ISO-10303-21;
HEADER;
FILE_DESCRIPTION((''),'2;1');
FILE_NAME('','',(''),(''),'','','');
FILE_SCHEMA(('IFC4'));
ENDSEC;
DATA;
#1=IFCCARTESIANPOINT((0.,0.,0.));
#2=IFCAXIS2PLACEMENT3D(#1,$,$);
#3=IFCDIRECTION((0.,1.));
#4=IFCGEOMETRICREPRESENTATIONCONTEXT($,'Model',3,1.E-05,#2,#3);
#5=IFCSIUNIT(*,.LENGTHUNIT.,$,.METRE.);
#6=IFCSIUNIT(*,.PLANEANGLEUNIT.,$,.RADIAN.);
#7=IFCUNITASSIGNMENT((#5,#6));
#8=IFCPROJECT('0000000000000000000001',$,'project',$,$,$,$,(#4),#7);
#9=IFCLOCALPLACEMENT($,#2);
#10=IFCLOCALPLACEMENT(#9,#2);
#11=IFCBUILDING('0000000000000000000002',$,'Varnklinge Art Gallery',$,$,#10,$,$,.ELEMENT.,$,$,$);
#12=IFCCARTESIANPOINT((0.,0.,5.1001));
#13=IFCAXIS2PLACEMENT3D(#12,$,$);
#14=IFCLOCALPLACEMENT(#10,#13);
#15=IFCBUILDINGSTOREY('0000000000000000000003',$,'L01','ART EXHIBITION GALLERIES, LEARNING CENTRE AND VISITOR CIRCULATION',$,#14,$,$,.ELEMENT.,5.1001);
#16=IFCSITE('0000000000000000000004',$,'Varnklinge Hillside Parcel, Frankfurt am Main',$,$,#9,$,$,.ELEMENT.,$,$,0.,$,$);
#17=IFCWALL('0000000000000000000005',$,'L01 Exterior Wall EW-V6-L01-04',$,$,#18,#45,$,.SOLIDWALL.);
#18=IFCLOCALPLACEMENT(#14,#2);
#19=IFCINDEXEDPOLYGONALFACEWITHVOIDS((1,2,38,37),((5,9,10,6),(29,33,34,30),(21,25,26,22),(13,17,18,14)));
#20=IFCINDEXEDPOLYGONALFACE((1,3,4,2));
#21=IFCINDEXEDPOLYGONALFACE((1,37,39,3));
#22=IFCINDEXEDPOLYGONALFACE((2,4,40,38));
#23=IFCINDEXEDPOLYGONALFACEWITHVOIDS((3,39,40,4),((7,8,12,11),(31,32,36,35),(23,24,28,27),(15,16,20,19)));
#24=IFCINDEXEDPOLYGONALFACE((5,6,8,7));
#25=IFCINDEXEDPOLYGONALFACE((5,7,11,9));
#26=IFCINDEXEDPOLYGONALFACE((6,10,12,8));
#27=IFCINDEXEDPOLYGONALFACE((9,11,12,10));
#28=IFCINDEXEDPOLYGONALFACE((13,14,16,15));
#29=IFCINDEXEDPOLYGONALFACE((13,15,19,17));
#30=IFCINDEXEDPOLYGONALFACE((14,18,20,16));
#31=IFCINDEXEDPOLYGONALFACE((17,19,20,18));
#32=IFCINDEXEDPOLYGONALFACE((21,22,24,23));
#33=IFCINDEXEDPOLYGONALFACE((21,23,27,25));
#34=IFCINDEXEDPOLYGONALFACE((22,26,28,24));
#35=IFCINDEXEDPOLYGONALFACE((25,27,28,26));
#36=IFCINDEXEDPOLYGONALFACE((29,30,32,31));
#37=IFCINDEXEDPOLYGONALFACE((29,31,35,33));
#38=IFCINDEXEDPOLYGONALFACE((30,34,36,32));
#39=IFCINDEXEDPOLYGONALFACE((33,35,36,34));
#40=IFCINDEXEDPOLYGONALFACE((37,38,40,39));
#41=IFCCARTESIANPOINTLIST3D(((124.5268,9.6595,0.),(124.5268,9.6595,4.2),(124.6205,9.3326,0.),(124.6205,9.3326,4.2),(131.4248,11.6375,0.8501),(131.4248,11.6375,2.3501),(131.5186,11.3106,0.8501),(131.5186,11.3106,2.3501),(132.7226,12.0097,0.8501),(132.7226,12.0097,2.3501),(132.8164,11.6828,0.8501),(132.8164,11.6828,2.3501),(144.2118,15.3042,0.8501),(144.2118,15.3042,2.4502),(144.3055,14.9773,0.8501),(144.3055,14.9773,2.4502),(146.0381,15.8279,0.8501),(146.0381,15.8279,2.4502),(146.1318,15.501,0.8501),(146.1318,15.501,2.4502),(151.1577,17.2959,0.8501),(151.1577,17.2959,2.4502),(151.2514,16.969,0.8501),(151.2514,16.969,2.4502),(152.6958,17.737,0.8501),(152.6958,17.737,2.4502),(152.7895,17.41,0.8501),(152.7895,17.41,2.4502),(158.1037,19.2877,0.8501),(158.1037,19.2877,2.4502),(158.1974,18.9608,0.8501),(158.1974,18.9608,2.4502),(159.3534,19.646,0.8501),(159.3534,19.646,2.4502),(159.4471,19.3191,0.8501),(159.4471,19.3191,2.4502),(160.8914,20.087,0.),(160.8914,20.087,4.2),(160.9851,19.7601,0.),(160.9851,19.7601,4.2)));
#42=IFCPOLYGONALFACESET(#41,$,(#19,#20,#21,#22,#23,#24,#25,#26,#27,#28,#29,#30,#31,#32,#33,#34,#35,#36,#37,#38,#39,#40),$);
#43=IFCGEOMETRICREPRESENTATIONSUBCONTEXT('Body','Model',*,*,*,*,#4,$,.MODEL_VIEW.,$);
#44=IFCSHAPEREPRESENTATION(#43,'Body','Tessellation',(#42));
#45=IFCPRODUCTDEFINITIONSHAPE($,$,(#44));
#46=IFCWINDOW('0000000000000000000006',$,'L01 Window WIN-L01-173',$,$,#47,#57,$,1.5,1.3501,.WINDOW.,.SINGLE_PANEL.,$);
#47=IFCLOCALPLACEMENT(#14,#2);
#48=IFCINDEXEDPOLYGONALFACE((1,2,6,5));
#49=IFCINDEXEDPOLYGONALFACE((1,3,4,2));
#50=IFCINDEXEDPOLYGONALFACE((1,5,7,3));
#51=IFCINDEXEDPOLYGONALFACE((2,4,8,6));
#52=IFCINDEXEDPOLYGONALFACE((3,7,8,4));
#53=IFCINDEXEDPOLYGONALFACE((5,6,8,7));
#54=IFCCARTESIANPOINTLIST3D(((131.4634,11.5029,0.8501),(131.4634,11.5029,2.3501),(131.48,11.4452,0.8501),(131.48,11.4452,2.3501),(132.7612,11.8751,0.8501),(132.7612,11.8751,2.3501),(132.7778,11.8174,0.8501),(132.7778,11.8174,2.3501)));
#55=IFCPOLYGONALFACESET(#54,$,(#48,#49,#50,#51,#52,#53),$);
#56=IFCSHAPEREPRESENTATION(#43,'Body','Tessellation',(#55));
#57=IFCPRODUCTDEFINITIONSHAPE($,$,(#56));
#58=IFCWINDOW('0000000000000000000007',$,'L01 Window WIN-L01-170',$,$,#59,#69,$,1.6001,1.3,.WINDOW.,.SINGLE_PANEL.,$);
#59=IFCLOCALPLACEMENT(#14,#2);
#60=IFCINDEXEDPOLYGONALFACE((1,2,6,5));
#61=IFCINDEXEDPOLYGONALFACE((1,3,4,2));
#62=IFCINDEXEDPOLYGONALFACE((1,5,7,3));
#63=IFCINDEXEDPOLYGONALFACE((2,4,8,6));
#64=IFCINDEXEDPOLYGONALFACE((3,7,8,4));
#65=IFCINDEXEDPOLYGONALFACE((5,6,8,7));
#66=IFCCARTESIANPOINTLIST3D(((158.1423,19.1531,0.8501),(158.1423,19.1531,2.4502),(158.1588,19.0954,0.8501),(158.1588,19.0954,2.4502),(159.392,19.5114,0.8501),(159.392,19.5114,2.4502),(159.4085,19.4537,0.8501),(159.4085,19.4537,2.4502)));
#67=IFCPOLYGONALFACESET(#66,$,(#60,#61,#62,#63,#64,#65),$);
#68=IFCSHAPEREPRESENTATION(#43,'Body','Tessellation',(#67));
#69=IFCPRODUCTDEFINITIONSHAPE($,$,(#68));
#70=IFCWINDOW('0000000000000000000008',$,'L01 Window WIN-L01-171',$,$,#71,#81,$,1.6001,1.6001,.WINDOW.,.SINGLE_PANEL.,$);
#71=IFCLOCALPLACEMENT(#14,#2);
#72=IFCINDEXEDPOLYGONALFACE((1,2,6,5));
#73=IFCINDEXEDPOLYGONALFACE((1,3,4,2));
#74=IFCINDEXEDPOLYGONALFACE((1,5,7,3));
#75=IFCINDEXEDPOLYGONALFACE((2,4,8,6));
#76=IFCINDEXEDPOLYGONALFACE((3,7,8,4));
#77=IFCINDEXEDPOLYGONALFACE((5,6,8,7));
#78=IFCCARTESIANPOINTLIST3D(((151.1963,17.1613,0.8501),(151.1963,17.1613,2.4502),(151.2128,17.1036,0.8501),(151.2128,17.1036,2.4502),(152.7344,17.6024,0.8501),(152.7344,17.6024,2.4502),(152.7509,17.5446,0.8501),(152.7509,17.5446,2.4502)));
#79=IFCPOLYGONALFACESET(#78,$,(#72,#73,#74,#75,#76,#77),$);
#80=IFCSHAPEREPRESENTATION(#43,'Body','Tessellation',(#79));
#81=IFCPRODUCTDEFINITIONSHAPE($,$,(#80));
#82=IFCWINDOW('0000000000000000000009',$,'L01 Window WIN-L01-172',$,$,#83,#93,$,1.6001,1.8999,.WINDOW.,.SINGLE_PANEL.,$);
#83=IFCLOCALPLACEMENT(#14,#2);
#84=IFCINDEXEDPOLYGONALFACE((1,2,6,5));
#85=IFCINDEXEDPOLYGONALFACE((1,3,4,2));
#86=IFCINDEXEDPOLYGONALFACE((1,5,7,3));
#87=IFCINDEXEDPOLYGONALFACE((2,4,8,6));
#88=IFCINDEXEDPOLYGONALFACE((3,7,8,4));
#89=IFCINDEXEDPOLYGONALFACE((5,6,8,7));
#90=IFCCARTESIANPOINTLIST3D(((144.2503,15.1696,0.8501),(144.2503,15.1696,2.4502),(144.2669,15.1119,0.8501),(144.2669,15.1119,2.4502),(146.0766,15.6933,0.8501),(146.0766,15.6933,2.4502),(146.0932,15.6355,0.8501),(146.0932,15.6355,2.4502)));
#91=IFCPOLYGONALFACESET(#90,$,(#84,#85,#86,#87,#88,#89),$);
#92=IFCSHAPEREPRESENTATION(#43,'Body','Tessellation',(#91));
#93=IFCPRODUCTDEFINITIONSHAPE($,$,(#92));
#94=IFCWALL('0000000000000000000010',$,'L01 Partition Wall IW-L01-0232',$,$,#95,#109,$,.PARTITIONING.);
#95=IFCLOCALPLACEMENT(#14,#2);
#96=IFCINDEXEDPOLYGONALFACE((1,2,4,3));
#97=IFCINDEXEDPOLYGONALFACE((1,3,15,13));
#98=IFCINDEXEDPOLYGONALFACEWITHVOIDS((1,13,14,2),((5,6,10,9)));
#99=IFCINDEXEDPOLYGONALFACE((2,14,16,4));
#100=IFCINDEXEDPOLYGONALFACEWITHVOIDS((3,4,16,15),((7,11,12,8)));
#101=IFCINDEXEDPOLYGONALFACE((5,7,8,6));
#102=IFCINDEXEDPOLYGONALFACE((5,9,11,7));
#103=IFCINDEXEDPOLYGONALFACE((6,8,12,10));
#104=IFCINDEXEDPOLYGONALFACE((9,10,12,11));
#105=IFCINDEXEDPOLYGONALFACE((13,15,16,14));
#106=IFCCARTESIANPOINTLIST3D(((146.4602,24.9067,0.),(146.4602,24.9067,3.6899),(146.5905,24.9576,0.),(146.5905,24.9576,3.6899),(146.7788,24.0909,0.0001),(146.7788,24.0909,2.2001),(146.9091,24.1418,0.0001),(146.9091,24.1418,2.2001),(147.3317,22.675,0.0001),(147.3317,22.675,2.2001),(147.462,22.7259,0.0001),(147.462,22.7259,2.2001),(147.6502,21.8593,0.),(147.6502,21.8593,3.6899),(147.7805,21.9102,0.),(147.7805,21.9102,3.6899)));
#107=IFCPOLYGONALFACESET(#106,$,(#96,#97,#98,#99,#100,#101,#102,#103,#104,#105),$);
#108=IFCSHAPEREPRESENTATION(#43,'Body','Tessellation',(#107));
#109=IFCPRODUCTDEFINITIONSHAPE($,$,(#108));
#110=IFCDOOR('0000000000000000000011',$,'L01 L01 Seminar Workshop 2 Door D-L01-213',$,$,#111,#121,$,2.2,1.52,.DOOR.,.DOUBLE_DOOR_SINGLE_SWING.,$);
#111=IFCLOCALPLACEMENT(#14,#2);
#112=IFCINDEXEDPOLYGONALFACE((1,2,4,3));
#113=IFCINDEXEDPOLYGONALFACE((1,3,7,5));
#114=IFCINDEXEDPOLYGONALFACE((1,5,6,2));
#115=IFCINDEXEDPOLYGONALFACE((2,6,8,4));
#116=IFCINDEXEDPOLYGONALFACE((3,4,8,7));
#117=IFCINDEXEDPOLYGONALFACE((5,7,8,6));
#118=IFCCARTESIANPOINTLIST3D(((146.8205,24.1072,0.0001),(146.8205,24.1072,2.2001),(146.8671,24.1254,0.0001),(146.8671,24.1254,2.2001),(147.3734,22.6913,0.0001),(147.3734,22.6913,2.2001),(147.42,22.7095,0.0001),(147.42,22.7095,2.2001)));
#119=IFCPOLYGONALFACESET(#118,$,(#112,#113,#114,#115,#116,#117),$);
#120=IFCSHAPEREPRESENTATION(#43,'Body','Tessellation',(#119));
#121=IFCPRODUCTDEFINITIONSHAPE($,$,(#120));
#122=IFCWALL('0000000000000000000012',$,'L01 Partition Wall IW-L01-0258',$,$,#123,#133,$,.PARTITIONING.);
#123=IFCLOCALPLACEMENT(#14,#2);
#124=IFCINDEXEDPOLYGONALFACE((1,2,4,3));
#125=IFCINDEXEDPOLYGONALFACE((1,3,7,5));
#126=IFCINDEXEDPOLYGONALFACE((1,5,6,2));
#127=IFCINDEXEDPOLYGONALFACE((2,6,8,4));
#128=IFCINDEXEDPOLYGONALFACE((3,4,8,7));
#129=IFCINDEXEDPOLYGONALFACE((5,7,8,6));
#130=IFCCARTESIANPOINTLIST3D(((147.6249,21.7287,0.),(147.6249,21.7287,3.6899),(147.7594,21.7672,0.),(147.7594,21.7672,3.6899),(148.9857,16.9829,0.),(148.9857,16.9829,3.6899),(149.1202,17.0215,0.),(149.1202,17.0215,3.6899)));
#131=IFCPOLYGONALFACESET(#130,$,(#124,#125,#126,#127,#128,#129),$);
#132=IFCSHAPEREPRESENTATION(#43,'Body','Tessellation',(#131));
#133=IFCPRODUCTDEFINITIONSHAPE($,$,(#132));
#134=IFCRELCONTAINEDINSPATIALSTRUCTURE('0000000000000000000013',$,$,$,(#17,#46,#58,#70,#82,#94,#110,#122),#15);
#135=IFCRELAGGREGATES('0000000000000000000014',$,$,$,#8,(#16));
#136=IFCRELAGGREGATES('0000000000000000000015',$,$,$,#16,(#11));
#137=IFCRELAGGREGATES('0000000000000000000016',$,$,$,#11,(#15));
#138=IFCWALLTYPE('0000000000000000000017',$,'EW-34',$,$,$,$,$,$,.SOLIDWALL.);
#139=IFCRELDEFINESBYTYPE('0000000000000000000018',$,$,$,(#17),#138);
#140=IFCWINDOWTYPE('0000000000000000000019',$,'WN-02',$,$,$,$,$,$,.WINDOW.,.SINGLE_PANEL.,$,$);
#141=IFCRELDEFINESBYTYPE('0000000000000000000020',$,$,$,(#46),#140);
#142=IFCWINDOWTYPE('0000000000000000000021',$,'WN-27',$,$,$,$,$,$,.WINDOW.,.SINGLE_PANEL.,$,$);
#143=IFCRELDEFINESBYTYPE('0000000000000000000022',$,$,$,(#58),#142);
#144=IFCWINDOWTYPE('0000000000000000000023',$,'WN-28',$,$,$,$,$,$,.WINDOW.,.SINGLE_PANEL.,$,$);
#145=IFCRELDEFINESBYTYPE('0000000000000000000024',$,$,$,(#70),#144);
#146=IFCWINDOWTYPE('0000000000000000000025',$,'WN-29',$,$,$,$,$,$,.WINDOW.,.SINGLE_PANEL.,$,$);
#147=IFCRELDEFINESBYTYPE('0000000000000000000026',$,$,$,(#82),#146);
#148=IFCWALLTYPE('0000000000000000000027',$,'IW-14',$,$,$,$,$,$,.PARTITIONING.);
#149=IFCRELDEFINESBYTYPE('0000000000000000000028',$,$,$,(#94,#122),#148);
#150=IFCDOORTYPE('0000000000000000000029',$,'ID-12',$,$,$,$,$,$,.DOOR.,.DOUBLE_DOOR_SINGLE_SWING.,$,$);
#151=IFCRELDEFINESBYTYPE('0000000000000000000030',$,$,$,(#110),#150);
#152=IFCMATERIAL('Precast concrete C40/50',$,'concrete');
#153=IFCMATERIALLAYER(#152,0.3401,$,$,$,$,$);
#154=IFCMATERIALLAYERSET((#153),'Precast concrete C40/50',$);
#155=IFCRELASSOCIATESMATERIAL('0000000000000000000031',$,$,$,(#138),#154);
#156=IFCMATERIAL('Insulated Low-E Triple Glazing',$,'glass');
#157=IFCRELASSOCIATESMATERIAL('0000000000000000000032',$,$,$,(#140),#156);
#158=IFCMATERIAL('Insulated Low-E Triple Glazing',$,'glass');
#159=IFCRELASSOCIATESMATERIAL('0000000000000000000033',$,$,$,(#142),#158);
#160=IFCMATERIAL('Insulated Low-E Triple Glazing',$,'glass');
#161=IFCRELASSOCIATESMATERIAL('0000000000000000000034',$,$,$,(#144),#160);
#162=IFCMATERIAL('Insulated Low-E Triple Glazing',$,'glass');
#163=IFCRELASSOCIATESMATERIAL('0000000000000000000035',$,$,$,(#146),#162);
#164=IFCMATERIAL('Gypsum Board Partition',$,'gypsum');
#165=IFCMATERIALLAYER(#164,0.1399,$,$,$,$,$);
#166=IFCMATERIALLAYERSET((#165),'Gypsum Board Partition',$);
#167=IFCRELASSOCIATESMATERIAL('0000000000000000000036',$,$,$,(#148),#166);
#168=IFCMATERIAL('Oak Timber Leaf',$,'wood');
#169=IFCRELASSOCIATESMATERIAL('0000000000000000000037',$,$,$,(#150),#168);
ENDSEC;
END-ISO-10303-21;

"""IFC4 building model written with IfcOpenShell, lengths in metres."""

from ifc_helpers import new_model, si_unit, direction, frame, frame_2d, origin, place, context, subcontext, project, spatial, rectangle, extrude, material, layer, layer_set, type_object, element, fill, save


model = new_model("IFC4")

# Units and contexts
model_context = context("Model", 3, precision=1e-05, world=origin(), true_north=direction((0.0, 1.0)))
body_context = subcontext(model_context, "Body", "Model", "MODEL_VIEW")
ifc_project = project(units=[si_unit("LENGTHUNIT", "METRE"), si_unit("PLANEANGLEUNIT", "RADIAN")], contexts=[model_context])

# Site, building, storey
site_placement = place(None, origin())
site = spatial("IfcSite", under=ifc_project, at=site_placement, Name="Varnklinge Hillside Parcel, Frankfurt am Main", CompositionType="ELEMENT", RefElevation=0.0)
building_placement = place(site_placement, origin())
building = spatial("IfcBuilding", under=site, at=building_placement, Name="Varnklinge Art Gallery", CompositionType="ELEMENT")
storey_placement = place(building_placement, frame((0.0, 0.0, 5.1001)))
storey = spatial("IfcBuildingStorey", under=building, at=storey_placement, Name="L01", Description="ART EXHIBITION GALLERIES, LEARNING CENTRE AND VISITOR CIRCULATION", CompositionType="ELEMENT", Elevation=5.1001)

# Wall, openings, windows
ifc_material_1 = material(Name="Precast concrete C40/50", Category="concrete")
ifc_layer_1 = layer(ifc_material_1, 0.3401)
ifc_layer_set_1 = layer_set([ifc_layer_1], Name="Precast concrete C40/50")
wall_type_1 = type_object("IfcWallType", Name="EW-34", PredefinedType="SOLIDWALL", material=ifc_layer_set_1)
wall_1_placement = place(storey_placement, frame((160.9382, 19.9236, 0.0), z_axis=(0.0, 0.0, 1.0), x_axis=(-0.961261, -0.275641, 0.0)))
wall_1 = element("IfcWall", 1, at=wall_1_placement, inside=storey, type_object=wall_type_1, Name="L01 Exterior Wall EW-V6-L01-04", PredefinedType="SOLIDWALL", context=body_context, shape_type="SweptSolid", body=[
    extrude(rectangle(XDim=37.8301, YDim=0.3401, at=frame_2d((18.915, 0.0))), origin(), (0.0, 0.0, 1.0), 4.2),
])
opening_1_placement = place(wall_1_placement, frame((1.6001, 0.0, 0.8501)))
opening_1 = element("IfcOpeningElement", 2, at=opening_1_placement, cuts=wall_1, PredefinedType="OPENING", context=body_context, shape_type="SweptSolid", body=[
    extrude(rectangle(XDim=1.3, YDim=1.6001, at=frame_2d((0.6499, 0.8))), frame((0.0, 0.1799, 0.0), z_axis=(0.0, -1.0, 0.0), x_axis=(1.0, 0.0, 0.0)), (0.0, 0.0, 1.0), 0.3601),
])
opening_2_placement = place(wall_1_placement, frame((8.5259, 0.0, 0.8501)))
opening_2 = element("IfcOpeningElement", 3, at=opening_2_placement, cuts=wall_1, PredefinedType="OPENING", context=body_context, shape_type="SweptSolid", body=[
    extrude(rectangle(XDim=1.6001, YDim=1.6001, at=frame_2d((0.8, 0.8))), frame((0.0, 0.1799, 0.0), z_axis=(0.0, -1.0, 0.0), x_axis=(1.0, 0.0, 0.0)), (0.0, 0.0, 1.0), 0.3601),
])
opening_3_placement = place(wall_1_placement, frame((15.4519, 0.0, 0.8501)))
opening_3 = element("IfcOpeningElement", 4, at=opening_3_placement, cuts=wall_1, PredefinedType="OPENING", context=body_context, shape_type="SweptSolid", body=[
    extrude(rectangle(XDim=1.8999, YDim=1.6001, at=frame_2d((0.95, 0.8))), frame((0.0, 0.1799, 0.0), z_axis=(0.0, -1.0, 0.0), x_axis=(1.0, 0.0, 0.0)), (0.0, 0.0, 1.0), 0.3601),
])
opening_4_placement = place(wall_1_placement, frame((29.304, 0.0, 0.8501)))
opening_4 = element("IfcOpeningElement", 5, at=opening_4_placement, cuts=wall_1, PredefinedType="OPENING", context=body_context, shape_type="SweptSolid", body=[
    extrude(rectangle(XDim=1.3501, YDim=1.5, at=frame_2d((0.675, 0.75))), frame((0.0, 0.1799, 0.0), z_axis=(0.0, -1.0, 0.0), x_axis=(1.0, 0.0, 0.0)), (0.0, 0.0, 1.0), 0.3601),
])
ifc_material_2 = material(Name="Insulated Low-E Triple Glazing", Category="glass")
window_type_1 = type_object("IfcWindowType", Name="WN-02", PartitioningType="SINGLE_PANEL", PredefinedType="WINDOW", material=ifc_material_2)
window_1_placement = place(opening_4_placement, origin())
window_1 = element("IfcWindow", 6, at=window_1_placement, inside=storey, type_object=window_type_1, Name="L01 Window WIN-L01-173", OverallHeight=1.5, OverallWidth=1.3501, PartitioningType="SINGLE_PANEL", PredefinedType="WINDOW", context=body_context, shape_type="SweptSolid", body=[
    extrude(rectangle(XDim=1.3501, YDim=1.5, at=frame_2d((0.675, 0.75))), frame((0.0, 0.03, 0.0), z_axis=(0.0, -1.0, 0.0), x_axis=(1.0, 0.0, 0.0)), (0.0, 0.0, 1.0), 0.0601),
])
fill(opening_4, window_1)
ifc_material_3 = material(Name="Insulated Low-E Triple Glazing", Category="glass")
window_type_2 = type_object("IfcWindowType", Name="WN-27", PartitioningType="SINGLE_PANEL", PredefinedType="WINDOW", material=ifc_material_3)
window_2_placement = place(opening_1_placement, origin())
window_2 = element("IfcWindow", 7, at=window_2_placement, inside=storey, type_object=window_type_2, Name="L01 Window WIN-L01-170", OverallHeight=1.6001, OverallWidth=1.3, PartitioningType="SINGLE_PANEL", PredefinedType="WINDOW", context=body_context, shape_type="SweptSolid", body=[
    extrude(rectangle(XDim=1.3, YDim=1.6001, at=frame_2d((0.6499, 0.8))), frame((0.0, 0.03, 0.0), z_axis=(0.0, -1.0, 0.0), x_axis=(1.0, 0.0, 0.0)), (0.0, 0.0, 1.0), 0.0601),
])
fill(opening_1, window_2)
ifc_material_4 = material(Name="Insulated Low-E Triple Glazing", Category="glass")
window_type_3 = type_object("IfcWindowType", Name="WN-28", PartitioningType="SINGLE_PANEL", PredefinedType="WINDOW", material=ifc_material_4)
window_3_placement = place(opening_2_placement, origin())
window_3 = element("IfcWindow", 8, at=window_3_placement, inside=storey, type_object=window_type_3, Name="L01 Window WIN-L01-171", OverallHeight=1.6001, OverallWidth=1.6001, PartitioningType="SINGLE_PANEL", PredefinedType="WINDOW", context=body_context, shape_type="SweptSolid", body=[
    extrude(rectangle(XDim=1.6001, YDim=1.6001, at=frame_2d((0.8, 0.8))), frame((0.0, 0.03, 0.0), z_axis=(0.0, -1.0, 0.0), x_axis=(1.0, 0.0, 0.0)), (0.0, 0.0, 1.0), 0.0601),
])
fill(opening_2, window_3)
ifc_material_5 = material(Name="Insulated Low-E Triple Glazing", Category="glass")
window_type_4 = type_object("IfcWindowType", Name="WN-29", PartitioningType="SINGLE_PANEL", PredefinedType="WINDOW", material=ifc_material_5)
window_4_placement = place(opening_3_placement, origin())
window_4 = element("IfcWindow", 9, at=window_4_placement, inside=storey, type_object=window_type_4, Name="L01 Window WIN-L01-172", OverallHeight=1.6001, OverallWidth=1.8999, PartitioningType="SINGLE_PANEL", PredefinedType="WINDOW", context=body_context, shape_type="SweptSolid", body=[
    extrude(rectangle(XDim=1.8999, YDim=1.6001, at=frame_2d((0.95, 0.8))), frame((0.0, 0.03, 0.0), z_axis=(0.0, -1.0, 0.0), x_axis=(1.0, 0.0, 0.0)), (0.0, 0.0, 1.0), 0.0601),
])
fill(opening_3, window_4)

# Wall, opening, door
ifc_material_6 = material(Name="Gypsum Board Partition", Category="gypsum")
ifc_layer_2 = layer(ifc_material_6, 0.1399)
ifc_layer_set_2 = layer_set([ifc_layer_2], Name="Gypsum Board Partition")
wall_type_2 = type_object("IfcWallType", Name="IW-14", PredefinedType="PARTITIONING", material=ifc_layer_set_2)
wall_2_placement = place(storey_placement, frame((146.5254, 24.9321, 0.0), z_axis=(0.0, 0.0, 1.0), x_axis=(0.363735, -0.931502, 0.0)))
wall_2 = element("IfcWall", 10, at=wall_2_placement, inside=storey, type_object=wall_type_2, Name="L01 Partition Wall IW-L01-0232", PredefinedType="PARTITIONING", context=body_context, shape_type="SweptSolid", body=[
    extrude(rectangle(XDim=3.2715, YDim=0.1399, at=frame_2d((1.6357, 0.0))), origin(), (0.0, 0.0, 1.0), 3.6899),
])
opening_5_placement = place(wall_2_placement, frame((0.8757, 0.0, 0.0)))
opening_5 = element("IfcOpeningElement", 11, at=opening_5_placement, cuts=wall_2, PredefinedType="OPENING", context=body_context, shape_type="SweptSolid", body=[
    extrude(rectangle(XDim=1.52, YDim=2.2, at=frame_2d((0.76, 1.1001))), frame((0.0, 0.0798, 0.0), z_axis=(0.0, -1.0, 0.0), x_axis=(1.0, 0.0, 0.0)), (0.0, 0.0, 1.0), 0.1599),
])
ifc_material_7 = material(Name="Oak Timber Leaf", Category="wood")
door_type_1 = type_object("IfcDoorType", Name="ID-12", OperationType="DOUBLE_DOOR_SINGLE_SWING", PredefinedType="DOOR", material=ifc_material_7)
door_1_placement = place(opening_5_placement, origin())
door_1 = element("IfcDoor", 12, at=door_1_placement, inside=storey, type_object=door_type_1, Name="L01 L01 Seminar Workshop 2 Door D-L01-213", OperationType="DOUBLE_DOOR_SINGLE_SWING", OverallHeight=2.2, OverallWidth=1.52, PredefinedType="DOOR", context=body_context, shape_type="SweptSolid", body=[
    extrude(rectangle(XDim=1.52, YDim=2.2, at=frame_2d((0.76, 1.1001))), frame((0.0, 0.0249, 0.0), z_axis=(0.0, -1.0, 0.0), x_axis=(1.0, 0.0, 0.0)), (0.0, 0.0, 1.0), 0.05),
])
fill(opening_5, door_1)

# Wall
wall_3_placement = place(storey_placement, frame((149.053, 17.0022, 0.0), z_axis=(0.0, 0.0, 1.0), x_axis=(-0.275635, 0.961262, 0.0)))
element("IfcWall", 13, at=wall_3_placement, inside=storey, type_object=wall_type_2, Name="L01 Partition Wall IW-L01-0258", PredefinedType="PARTITIONING", context=body_context, shape_type="SweptSolid", body=[
    extrude(rectangle(XDim=4.937, YDim=0.1399, at=frame_2d((2.4685, 0.0))), origin(), (0.0, 0.0, 1.0), 3.6899),
])

save(model, "model.ifc")
